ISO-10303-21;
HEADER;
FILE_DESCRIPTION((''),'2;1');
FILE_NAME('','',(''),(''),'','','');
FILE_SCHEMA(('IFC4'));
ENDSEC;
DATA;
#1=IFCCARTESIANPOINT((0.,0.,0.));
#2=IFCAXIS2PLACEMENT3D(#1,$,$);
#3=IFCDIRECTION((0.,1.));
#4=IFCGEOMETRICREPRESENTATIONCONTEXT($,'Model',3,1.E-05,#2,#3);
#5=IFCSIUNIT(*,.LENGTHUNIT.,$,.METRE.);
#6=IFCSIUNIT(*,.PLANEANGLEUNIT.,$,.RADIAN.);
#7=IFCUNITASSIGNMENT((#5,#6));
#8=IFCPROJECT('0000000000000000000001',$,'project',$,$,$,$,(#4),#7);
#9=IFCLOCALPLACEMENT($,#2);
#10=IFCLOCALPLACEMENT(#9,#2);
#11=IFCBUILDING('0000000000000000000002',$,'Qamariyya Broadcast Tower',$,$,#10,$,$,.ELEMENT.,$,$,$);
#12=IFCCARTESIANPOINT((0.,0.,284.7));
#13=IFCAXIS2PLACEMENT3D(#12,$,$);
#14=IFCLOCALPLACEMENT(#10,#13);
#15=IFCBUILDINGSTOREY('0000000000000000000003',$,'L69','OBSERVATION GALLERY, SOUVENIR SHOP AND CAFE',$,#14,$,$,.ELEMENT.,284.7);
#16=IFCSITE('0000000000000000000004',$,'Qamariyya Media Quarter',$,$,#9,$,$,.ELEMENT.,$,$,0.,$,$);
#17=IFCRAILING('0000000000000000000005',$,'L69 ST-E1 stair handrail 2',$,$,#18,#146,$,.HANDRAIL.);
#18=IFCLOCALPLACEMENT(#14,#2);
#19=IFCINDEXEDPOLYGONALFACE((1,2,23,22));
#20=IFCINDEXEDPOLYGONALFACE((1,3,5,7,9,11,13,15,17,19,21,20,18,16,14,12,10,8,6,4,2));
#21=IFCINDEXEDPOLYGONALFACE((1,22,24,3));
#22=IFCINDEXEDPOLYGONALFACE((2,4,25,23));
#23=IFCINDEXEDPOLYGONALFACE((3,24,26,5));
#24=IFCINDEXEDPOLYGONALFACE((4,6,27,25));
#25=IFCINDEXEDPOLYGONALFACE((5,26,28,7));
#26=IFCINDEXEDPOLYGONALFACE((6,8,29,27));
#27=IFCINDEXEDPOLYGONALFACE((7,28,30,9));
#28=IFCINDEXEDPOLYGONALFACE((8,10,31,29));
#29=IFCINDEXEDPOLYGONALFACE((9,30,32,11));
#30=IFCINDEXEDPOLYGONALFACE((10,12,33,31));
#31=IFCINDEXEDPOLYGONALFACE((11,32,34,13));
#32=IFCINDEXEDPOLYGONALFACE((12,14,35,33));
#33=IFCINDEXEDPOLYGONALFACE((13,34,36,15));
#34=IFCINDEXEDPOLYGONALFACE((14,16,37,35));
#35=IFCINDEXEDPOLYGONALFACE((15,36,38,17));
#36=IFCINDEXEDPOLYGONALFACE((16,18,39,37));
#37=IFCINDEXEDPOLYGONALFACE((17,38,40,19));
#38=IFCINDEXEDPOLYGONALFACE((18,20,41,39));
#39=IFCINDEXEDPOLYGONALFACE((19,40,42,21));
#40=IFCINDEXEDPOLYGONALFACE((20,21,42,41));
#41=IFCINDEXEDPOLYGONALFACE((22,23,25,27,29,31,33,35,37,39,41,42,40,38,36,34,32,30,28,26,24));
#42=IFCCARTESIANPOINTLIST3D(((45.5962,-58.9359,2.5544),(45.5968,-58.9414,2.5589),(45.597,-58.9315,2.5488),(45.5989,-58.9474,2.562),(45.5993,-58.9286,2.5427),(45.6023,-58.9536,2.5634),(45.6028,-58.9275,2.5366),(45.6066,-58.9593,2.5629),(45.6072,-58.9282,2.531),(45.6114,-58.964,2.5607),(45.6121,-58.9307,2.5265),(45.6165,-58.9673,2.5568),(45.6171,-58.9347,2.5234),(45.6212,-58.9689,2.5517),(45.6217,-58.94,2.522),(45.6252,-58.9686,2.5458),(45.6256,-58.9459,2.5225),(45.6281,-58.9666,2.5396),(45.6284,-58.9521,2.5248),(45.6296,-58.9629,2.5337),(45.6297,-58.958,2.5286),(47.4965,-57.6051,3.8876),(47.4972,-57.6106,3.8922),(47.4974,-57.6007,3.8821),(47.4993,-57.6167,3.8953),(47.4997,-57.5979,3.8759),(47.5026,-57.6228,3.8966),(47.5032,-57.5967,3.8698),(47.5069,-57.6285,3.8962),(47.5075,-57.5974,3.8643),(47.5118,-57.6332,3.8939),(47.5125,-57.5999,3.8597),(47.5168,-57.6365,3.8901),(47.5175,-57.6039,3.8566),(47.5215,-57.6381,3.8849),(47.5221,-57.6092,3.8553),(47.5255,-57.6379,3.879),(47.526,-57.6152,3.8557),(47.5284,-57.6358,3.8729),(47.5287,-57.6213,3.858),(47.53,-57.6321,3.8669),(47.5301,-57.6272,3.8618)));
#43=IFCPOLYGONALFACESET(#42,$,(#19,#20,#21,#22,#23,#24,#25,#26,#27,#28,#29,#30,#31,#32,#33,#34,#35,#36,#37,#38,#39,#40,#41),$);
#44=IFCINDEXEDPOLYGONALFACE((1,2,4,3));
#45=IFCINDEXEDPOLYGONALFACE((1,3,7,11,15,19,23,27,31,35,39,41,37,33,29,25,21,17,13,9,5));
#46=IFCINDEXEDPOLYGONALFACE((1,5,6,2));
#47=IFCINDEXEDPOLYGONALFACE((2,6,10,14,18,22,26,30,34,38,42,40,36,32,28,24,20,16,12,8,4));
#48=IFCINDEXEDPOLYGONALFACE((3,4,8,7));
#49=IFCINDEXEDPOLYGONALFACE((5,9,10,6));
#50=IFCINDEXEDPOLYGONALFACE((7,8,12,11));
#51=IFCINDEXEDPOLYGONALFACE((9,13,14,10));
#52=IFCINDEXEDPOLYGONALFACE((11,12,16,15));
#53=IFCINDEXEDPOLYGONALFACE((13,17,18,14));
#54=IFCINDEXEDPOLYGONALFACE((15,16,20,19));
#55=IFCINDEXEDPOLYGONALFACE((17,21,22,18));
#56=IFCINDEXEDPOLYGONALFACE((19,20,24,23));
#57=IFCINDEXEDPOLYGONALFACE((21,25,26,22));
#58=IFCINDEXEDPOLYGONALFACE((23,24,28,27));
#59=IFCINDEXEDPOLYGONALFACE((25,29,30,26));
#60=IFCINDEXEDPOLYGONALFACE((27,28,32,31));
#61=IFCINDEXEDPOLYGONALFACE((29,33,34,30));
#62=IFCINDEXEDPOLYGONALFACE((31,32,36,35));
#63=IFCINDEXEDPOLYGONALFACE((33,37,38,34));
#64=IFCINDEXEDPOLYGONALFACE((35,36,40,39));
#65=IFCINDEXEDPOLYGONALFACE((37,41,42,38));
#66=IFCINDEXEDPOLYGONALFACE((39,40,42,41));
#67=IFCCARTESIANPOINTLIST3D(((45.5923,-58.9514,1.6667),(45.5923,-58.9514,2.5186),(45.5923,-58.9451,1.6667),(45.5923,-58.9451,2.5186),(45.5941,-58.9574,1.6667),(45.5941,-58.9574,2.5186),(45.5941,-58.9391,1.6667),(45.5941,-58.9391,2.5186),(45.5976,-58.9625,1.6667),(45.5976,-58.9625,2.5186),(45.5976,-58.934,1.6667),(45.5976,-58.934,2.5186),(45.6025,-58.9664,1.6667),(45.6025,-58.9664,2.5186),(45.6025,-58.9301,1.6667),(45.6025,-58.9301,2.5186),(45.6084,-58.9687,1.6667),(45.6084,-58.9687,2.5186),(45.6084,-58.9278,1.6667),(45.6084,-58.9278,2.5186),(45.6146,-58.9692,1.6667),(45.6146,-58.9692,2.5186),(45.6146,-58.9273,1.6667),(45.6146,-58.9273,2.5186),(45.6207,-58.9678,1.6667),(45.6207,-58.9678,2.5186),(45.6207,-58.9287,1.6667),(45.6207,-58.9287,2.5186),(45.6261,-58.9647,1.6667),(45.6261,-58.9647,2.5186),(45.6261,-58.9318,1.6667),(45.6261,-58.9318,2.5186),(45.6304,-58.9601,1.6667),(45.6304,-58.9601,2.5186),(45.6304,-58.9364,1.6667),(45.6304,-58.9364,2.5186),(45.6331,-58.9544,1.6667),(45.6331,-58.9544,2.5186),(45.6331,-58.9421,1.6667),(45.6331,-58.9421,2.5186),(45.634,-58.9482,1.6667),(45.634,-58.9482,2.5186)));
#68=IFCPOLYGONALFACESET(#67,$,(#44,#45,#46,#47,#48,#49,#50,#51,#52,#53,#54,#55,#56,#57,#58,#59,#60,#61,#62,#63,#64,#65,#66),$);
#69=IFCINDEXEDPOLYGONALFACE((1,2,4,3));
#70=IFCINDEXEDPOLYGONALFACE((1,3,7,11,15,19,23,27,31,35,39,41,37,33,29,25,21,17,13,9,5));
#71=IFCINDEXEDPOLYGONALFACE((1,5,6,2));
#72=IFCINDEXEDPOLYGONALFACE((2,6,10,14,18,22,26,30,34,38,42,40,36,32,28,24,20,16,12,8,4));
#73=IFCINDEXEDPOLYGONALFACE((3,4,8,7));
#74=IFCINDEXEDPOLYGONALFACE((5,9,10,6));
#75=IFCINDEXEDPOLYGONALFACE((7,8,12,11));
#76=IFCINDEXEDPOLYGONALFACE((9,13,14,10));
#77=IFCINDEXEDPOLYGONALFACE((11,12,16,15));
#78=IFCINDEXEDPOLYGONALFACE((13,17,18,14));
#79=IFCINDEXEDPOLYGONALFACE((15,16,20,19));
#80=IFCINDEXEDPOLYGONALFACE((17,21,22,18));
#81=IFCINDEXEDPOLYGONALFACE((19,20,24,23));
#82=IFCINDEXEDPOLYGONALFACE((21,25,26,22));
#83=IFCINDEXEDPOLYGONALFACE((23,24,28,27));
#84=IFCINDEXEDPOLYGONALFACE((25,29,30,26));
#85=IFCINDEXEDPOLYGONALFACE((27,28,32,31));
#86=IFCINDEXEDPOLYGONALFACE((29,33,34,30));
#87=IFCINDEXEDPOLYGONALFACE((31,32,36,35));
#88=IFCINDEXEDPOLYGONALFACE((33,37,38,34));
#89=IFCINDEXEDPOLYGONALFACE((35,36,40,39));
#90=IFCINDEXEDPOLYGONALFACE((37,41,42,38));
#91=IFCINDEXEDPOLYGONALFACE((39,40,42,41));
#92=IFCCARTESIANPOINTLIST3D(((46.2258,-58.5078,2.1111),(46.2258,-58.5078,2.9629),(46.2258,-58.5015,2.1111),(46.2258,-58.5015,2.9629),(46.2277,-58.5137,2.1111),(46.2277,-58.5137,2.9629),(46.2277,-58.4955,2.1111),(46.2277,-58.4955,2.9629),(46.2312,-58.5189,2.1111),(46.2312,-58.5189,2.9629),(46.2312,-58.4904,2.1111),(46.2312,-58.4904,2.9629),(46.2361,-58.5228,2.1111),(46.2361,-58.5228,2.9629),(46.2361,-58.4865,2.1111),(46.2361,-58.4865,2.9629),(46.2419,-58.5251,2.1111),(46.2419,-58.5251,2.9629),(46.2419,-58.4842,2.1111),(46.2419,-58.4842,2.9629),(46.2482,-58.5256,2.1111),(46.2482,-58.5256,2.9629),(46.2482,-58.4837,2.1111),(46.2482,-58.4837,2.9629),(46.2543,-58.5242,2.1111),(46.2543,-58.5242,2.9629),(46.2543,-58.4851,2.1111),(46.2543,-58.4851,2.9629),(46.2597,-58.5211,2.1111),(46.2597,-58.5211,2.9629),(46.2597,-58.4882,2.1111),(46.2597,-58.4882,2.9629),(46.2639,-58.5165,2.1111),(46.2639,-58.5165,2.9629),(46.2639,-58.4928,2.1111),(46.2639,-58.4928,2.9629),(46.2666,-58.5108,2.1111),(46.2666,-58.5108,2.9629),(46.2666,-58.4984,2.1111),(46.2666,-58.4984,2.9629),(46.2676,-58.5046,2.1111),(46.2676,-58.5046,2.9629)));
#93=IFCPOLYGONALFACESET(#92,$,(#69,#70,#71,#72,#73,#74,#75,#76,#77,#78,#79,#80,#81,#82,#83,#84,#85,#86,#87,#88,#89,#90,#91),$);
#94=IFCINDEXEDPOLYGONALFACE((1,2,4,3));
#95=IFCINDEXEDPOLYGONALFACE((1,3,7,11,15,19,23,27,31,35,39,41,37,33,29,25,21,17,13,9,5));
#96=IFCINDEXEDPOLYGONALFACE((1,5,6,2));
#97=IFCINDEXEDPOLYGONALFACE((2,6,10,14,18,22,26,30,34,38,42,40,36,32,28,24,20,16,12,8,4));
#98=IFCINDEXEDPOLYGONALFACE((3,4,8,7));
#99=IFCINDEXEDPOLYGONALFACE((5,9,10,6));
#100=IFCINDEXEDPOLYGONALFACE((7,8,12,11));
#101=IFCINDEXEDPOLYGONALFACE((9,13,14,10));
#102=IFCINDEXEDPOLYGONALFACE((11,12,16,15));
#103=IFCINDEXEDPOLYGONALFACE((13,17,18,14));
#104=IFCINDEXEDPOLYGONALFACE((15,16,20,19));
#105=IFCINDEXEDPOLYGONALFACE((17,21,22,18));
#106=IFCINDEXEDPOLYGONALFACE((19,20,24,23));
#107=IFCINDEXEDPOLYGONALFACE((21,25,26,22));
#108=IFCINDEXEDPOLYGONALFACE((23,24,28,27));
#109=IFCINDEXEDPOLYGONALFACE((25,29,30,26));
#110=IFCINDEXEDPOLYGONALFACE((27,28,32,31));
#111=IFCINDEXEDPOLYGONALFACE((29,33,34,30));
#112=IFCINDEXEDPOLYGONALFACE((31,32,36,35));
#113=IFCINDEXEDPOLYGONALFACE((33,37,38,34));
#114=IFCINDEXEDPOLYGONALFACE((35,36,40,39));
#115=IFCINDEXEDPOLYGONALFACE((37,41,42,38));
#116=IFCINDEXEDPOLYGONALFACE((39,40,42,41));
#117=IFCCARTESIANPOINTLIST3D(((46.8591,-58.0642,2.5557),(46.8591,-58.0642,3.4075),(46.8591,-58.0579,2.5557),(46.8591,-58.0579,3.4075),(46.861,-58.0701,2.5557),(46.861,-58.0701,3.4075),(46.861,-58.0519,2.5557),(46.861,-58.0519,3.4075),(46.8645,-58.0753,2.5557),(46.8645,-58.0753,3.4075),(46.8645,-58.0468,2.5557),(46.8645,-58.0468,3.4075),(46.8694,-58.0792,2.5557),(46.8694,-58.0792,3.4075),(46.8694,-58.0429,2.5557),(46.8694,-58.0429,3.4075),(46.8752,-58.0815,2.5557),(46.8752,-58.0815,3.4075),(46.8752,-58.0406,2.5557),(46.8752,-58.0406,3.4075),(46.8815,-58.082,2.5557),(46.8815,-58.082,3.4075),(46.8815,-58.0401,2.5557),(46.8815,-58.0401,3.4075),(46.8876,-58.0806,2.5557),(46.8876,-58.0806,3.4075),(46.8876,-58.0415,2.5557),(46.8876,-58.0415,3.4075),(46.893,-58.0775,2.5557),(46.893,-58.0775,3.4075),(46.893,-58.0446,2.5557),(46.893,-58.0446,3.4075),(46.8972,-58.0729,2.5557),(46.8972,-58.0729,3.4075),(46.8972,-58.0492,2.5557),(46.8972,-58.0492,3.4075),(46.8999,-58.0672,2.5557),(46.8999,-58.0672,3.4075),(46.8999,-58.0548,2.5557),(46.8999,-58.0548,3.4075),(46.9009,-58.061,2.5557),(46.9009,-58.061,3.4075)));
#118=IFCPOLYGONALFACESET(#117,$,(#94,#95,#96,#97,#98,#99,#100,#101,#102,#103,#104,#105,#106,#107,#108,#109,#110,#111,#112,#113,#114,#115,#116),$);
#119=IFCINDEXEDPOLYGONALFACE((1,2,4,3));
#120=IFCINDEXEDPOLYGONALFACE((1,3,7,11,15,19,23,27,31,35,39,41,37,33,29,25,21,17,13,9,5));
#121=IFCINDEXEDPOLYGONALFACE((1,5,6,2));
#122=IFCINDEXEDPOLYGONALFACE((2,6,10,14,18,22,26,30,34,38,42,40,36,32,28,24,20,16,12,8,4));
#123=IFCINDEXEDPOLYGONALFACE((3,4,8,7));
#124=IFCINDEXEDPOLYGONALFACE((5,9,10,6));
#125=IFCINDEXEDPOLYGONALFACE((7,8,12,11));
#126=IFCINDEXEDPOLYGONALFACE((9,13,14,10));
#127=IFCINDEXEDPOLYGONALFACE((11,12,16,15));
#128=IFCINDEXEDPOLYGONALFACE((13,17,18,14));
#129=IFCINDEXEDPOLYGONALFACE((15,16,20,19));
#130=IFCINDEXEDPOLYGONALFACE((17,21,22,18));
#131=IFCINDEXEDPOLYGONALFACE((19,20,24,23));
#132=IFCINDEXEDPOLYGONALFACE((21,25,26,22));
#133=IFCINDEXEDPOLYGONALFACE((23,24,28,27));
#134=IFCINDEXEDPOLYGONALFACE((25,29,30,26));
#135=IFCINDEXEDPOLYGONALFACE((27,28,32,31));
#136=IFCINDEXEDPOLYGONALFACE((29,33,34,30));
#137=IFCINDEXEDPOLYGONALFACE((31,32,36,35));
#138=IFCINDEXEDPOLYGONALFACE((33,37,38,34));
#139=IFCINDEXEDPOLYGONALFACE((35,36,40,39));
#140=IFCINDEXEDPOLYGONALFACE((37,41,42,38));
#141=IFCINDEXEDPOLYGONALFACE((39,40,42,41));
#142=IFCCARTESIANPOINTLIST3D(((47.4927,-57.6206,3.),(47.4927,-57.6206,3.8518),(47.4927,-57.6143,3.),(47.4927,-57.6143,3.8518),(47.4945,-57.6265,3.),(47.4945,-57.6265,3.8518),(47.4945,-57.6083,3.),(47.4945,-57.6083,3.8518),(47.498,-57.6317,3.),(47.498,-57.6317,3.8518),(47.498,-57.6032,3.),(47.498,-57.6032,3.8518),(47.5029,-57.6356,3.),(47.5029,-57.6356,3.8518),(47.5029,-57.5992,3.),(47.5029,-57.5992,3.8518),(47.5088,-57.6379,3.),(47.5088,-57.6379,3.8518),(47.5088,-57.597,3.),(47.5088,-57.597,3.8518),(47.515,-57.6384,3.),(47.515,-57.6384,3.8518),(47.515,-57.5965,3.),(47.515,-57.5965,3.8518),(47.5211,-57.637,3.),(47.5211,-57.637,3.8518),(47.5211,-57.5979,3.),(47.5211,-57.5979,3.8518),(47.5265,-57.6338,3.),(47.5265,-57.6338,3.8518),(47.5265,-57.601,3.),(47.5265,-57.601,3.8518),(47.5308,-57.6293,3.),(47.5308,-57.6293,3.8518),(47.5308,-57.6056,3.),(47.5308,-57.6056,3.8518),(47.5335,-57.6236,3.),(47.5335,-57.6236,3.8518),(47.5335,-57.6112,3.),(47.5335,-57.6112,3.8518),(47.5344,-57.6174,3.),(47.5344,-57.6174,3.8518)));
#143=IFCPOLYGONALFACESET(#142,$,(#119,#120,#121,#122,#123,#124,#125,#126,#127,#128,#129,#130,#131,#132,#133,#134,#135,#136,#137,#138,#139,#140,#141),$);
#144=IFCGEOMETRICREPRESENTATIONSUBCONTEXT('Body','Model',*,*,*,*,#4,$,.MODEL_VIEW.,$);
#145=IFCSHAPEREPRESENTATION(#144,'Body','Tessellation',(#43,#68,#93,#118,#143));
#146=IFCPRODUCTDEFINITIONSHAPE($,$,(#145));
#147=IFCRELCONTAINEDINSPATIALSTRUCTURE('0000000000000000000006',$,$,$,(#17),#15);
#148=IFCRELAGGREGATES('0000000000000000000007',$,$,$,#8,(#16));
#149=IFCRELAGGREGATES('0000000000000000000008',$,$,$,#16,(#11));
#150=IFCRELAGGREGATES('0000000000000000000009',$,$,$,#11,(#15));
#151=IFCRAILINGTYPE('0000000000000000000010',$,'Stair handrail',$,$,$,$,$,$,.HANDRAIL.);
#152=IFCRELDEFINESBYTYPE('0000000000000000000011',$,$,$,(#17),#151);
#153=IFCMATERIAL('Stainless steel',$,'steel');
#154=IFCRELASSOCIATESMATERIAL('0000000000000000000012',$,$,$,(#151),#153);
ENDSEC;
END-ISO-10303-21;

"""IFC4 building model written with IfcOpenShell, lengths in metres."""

from ifc_helpers import new_model, si_unit, direction, frame, origin, origin_2d, place, context, subcontext, project, spatial, circle, extrude, material, type_object, element, save


model = new_model("IFC4")

# Units and contexts
model_context = context("Model", 3, precision=1e-05, world=origin(), true_north=direction((0.0, 1.0)))
body_context = subcontext(model_context, "Body", "Model", "MODEL_VIEW")
ifc_project = project(units=[si_unit("LENGTHUNIT", "METRE"), si_unit("PLANEANGLEUNIT", "RADIAN")], contexts=[model_context])

# Site, building, storey
site_placement = place(None, origin())
site = spatial("IfcSite", under=ifc_project, at=site_placement, Name="Qamariyya Media Quarter", CompositionType="ELEMENT", RefElevation=0.0)
building_placement = place(site_placement, origin())
building = spatial("IfcBuilding", under=site, at=building_placement, Name="Qamariyya Broadcast Tower", CompositionType="ELEMENT")
storey_placement = place(building_placement, frame((0.0, 0.0, 284.7)))
storey = spatial("IfcBuildingStorey", under=building, at=storey_placement, Name="L69", Description="OBSERVATION GALLERY, SOUVENIR SHOP AND CAFE", CompositionType="ELEMENT", Elevation=284.7)

# Railing
ifc_material_1 = material(Name="Stainless steel", Category="steel")
railing_type_1 = type_object("IfcRailingType", Name="Stair handrail", PredefinedType="HANDRAIL", material=ifc_material_1)
for number, where, name in (
    (1, (45.613, -58.9482, 1.6667), "L69 ST-E1 stair handrail 2"),
):
    element("IfcRailing", number, at=place(storey_placement, frame(where)), inside=storey, type_object=railing_type_1, Name=name, PredefinedType="HANDRAIL", context=body_context, shape_type="SweptSolid", body=[
        extrude(circle(Radius=0.0239, at=origin_2d()), frame((0.0, 0.0, 0.876), z_axis=(0.710204, 0.497344, 0.498256), x_axis=(-0.573618, 0.819123, 0.0)), (0.0, 0.0, 1.0), 2.6758),
        extrude(circle(Radius=0.021, at=origin_2d()), origin(), (0.0, 0.0, 1.0), 0.8518),
        extrude(circle(Radius=0.021, at=origin_2d()), frame((0.6335, 0.4436, 0.4443)), (0.0, 0.0, 1.0), 0.8518),
        extrude(circle(Radius=0.021, at=origin_2d()), frame((1.2668, 0.8872, 0.8889)), (0.0, 0.0, 1.0), 0.8518),
        extrude(circle(Radius=0.021, at=origin_2d()), frame((1.9004, 1.3308, 1.3333)), (0.0, 0.0, 1.0), 0.8518),
    ])

save(model, "model.ifc")
